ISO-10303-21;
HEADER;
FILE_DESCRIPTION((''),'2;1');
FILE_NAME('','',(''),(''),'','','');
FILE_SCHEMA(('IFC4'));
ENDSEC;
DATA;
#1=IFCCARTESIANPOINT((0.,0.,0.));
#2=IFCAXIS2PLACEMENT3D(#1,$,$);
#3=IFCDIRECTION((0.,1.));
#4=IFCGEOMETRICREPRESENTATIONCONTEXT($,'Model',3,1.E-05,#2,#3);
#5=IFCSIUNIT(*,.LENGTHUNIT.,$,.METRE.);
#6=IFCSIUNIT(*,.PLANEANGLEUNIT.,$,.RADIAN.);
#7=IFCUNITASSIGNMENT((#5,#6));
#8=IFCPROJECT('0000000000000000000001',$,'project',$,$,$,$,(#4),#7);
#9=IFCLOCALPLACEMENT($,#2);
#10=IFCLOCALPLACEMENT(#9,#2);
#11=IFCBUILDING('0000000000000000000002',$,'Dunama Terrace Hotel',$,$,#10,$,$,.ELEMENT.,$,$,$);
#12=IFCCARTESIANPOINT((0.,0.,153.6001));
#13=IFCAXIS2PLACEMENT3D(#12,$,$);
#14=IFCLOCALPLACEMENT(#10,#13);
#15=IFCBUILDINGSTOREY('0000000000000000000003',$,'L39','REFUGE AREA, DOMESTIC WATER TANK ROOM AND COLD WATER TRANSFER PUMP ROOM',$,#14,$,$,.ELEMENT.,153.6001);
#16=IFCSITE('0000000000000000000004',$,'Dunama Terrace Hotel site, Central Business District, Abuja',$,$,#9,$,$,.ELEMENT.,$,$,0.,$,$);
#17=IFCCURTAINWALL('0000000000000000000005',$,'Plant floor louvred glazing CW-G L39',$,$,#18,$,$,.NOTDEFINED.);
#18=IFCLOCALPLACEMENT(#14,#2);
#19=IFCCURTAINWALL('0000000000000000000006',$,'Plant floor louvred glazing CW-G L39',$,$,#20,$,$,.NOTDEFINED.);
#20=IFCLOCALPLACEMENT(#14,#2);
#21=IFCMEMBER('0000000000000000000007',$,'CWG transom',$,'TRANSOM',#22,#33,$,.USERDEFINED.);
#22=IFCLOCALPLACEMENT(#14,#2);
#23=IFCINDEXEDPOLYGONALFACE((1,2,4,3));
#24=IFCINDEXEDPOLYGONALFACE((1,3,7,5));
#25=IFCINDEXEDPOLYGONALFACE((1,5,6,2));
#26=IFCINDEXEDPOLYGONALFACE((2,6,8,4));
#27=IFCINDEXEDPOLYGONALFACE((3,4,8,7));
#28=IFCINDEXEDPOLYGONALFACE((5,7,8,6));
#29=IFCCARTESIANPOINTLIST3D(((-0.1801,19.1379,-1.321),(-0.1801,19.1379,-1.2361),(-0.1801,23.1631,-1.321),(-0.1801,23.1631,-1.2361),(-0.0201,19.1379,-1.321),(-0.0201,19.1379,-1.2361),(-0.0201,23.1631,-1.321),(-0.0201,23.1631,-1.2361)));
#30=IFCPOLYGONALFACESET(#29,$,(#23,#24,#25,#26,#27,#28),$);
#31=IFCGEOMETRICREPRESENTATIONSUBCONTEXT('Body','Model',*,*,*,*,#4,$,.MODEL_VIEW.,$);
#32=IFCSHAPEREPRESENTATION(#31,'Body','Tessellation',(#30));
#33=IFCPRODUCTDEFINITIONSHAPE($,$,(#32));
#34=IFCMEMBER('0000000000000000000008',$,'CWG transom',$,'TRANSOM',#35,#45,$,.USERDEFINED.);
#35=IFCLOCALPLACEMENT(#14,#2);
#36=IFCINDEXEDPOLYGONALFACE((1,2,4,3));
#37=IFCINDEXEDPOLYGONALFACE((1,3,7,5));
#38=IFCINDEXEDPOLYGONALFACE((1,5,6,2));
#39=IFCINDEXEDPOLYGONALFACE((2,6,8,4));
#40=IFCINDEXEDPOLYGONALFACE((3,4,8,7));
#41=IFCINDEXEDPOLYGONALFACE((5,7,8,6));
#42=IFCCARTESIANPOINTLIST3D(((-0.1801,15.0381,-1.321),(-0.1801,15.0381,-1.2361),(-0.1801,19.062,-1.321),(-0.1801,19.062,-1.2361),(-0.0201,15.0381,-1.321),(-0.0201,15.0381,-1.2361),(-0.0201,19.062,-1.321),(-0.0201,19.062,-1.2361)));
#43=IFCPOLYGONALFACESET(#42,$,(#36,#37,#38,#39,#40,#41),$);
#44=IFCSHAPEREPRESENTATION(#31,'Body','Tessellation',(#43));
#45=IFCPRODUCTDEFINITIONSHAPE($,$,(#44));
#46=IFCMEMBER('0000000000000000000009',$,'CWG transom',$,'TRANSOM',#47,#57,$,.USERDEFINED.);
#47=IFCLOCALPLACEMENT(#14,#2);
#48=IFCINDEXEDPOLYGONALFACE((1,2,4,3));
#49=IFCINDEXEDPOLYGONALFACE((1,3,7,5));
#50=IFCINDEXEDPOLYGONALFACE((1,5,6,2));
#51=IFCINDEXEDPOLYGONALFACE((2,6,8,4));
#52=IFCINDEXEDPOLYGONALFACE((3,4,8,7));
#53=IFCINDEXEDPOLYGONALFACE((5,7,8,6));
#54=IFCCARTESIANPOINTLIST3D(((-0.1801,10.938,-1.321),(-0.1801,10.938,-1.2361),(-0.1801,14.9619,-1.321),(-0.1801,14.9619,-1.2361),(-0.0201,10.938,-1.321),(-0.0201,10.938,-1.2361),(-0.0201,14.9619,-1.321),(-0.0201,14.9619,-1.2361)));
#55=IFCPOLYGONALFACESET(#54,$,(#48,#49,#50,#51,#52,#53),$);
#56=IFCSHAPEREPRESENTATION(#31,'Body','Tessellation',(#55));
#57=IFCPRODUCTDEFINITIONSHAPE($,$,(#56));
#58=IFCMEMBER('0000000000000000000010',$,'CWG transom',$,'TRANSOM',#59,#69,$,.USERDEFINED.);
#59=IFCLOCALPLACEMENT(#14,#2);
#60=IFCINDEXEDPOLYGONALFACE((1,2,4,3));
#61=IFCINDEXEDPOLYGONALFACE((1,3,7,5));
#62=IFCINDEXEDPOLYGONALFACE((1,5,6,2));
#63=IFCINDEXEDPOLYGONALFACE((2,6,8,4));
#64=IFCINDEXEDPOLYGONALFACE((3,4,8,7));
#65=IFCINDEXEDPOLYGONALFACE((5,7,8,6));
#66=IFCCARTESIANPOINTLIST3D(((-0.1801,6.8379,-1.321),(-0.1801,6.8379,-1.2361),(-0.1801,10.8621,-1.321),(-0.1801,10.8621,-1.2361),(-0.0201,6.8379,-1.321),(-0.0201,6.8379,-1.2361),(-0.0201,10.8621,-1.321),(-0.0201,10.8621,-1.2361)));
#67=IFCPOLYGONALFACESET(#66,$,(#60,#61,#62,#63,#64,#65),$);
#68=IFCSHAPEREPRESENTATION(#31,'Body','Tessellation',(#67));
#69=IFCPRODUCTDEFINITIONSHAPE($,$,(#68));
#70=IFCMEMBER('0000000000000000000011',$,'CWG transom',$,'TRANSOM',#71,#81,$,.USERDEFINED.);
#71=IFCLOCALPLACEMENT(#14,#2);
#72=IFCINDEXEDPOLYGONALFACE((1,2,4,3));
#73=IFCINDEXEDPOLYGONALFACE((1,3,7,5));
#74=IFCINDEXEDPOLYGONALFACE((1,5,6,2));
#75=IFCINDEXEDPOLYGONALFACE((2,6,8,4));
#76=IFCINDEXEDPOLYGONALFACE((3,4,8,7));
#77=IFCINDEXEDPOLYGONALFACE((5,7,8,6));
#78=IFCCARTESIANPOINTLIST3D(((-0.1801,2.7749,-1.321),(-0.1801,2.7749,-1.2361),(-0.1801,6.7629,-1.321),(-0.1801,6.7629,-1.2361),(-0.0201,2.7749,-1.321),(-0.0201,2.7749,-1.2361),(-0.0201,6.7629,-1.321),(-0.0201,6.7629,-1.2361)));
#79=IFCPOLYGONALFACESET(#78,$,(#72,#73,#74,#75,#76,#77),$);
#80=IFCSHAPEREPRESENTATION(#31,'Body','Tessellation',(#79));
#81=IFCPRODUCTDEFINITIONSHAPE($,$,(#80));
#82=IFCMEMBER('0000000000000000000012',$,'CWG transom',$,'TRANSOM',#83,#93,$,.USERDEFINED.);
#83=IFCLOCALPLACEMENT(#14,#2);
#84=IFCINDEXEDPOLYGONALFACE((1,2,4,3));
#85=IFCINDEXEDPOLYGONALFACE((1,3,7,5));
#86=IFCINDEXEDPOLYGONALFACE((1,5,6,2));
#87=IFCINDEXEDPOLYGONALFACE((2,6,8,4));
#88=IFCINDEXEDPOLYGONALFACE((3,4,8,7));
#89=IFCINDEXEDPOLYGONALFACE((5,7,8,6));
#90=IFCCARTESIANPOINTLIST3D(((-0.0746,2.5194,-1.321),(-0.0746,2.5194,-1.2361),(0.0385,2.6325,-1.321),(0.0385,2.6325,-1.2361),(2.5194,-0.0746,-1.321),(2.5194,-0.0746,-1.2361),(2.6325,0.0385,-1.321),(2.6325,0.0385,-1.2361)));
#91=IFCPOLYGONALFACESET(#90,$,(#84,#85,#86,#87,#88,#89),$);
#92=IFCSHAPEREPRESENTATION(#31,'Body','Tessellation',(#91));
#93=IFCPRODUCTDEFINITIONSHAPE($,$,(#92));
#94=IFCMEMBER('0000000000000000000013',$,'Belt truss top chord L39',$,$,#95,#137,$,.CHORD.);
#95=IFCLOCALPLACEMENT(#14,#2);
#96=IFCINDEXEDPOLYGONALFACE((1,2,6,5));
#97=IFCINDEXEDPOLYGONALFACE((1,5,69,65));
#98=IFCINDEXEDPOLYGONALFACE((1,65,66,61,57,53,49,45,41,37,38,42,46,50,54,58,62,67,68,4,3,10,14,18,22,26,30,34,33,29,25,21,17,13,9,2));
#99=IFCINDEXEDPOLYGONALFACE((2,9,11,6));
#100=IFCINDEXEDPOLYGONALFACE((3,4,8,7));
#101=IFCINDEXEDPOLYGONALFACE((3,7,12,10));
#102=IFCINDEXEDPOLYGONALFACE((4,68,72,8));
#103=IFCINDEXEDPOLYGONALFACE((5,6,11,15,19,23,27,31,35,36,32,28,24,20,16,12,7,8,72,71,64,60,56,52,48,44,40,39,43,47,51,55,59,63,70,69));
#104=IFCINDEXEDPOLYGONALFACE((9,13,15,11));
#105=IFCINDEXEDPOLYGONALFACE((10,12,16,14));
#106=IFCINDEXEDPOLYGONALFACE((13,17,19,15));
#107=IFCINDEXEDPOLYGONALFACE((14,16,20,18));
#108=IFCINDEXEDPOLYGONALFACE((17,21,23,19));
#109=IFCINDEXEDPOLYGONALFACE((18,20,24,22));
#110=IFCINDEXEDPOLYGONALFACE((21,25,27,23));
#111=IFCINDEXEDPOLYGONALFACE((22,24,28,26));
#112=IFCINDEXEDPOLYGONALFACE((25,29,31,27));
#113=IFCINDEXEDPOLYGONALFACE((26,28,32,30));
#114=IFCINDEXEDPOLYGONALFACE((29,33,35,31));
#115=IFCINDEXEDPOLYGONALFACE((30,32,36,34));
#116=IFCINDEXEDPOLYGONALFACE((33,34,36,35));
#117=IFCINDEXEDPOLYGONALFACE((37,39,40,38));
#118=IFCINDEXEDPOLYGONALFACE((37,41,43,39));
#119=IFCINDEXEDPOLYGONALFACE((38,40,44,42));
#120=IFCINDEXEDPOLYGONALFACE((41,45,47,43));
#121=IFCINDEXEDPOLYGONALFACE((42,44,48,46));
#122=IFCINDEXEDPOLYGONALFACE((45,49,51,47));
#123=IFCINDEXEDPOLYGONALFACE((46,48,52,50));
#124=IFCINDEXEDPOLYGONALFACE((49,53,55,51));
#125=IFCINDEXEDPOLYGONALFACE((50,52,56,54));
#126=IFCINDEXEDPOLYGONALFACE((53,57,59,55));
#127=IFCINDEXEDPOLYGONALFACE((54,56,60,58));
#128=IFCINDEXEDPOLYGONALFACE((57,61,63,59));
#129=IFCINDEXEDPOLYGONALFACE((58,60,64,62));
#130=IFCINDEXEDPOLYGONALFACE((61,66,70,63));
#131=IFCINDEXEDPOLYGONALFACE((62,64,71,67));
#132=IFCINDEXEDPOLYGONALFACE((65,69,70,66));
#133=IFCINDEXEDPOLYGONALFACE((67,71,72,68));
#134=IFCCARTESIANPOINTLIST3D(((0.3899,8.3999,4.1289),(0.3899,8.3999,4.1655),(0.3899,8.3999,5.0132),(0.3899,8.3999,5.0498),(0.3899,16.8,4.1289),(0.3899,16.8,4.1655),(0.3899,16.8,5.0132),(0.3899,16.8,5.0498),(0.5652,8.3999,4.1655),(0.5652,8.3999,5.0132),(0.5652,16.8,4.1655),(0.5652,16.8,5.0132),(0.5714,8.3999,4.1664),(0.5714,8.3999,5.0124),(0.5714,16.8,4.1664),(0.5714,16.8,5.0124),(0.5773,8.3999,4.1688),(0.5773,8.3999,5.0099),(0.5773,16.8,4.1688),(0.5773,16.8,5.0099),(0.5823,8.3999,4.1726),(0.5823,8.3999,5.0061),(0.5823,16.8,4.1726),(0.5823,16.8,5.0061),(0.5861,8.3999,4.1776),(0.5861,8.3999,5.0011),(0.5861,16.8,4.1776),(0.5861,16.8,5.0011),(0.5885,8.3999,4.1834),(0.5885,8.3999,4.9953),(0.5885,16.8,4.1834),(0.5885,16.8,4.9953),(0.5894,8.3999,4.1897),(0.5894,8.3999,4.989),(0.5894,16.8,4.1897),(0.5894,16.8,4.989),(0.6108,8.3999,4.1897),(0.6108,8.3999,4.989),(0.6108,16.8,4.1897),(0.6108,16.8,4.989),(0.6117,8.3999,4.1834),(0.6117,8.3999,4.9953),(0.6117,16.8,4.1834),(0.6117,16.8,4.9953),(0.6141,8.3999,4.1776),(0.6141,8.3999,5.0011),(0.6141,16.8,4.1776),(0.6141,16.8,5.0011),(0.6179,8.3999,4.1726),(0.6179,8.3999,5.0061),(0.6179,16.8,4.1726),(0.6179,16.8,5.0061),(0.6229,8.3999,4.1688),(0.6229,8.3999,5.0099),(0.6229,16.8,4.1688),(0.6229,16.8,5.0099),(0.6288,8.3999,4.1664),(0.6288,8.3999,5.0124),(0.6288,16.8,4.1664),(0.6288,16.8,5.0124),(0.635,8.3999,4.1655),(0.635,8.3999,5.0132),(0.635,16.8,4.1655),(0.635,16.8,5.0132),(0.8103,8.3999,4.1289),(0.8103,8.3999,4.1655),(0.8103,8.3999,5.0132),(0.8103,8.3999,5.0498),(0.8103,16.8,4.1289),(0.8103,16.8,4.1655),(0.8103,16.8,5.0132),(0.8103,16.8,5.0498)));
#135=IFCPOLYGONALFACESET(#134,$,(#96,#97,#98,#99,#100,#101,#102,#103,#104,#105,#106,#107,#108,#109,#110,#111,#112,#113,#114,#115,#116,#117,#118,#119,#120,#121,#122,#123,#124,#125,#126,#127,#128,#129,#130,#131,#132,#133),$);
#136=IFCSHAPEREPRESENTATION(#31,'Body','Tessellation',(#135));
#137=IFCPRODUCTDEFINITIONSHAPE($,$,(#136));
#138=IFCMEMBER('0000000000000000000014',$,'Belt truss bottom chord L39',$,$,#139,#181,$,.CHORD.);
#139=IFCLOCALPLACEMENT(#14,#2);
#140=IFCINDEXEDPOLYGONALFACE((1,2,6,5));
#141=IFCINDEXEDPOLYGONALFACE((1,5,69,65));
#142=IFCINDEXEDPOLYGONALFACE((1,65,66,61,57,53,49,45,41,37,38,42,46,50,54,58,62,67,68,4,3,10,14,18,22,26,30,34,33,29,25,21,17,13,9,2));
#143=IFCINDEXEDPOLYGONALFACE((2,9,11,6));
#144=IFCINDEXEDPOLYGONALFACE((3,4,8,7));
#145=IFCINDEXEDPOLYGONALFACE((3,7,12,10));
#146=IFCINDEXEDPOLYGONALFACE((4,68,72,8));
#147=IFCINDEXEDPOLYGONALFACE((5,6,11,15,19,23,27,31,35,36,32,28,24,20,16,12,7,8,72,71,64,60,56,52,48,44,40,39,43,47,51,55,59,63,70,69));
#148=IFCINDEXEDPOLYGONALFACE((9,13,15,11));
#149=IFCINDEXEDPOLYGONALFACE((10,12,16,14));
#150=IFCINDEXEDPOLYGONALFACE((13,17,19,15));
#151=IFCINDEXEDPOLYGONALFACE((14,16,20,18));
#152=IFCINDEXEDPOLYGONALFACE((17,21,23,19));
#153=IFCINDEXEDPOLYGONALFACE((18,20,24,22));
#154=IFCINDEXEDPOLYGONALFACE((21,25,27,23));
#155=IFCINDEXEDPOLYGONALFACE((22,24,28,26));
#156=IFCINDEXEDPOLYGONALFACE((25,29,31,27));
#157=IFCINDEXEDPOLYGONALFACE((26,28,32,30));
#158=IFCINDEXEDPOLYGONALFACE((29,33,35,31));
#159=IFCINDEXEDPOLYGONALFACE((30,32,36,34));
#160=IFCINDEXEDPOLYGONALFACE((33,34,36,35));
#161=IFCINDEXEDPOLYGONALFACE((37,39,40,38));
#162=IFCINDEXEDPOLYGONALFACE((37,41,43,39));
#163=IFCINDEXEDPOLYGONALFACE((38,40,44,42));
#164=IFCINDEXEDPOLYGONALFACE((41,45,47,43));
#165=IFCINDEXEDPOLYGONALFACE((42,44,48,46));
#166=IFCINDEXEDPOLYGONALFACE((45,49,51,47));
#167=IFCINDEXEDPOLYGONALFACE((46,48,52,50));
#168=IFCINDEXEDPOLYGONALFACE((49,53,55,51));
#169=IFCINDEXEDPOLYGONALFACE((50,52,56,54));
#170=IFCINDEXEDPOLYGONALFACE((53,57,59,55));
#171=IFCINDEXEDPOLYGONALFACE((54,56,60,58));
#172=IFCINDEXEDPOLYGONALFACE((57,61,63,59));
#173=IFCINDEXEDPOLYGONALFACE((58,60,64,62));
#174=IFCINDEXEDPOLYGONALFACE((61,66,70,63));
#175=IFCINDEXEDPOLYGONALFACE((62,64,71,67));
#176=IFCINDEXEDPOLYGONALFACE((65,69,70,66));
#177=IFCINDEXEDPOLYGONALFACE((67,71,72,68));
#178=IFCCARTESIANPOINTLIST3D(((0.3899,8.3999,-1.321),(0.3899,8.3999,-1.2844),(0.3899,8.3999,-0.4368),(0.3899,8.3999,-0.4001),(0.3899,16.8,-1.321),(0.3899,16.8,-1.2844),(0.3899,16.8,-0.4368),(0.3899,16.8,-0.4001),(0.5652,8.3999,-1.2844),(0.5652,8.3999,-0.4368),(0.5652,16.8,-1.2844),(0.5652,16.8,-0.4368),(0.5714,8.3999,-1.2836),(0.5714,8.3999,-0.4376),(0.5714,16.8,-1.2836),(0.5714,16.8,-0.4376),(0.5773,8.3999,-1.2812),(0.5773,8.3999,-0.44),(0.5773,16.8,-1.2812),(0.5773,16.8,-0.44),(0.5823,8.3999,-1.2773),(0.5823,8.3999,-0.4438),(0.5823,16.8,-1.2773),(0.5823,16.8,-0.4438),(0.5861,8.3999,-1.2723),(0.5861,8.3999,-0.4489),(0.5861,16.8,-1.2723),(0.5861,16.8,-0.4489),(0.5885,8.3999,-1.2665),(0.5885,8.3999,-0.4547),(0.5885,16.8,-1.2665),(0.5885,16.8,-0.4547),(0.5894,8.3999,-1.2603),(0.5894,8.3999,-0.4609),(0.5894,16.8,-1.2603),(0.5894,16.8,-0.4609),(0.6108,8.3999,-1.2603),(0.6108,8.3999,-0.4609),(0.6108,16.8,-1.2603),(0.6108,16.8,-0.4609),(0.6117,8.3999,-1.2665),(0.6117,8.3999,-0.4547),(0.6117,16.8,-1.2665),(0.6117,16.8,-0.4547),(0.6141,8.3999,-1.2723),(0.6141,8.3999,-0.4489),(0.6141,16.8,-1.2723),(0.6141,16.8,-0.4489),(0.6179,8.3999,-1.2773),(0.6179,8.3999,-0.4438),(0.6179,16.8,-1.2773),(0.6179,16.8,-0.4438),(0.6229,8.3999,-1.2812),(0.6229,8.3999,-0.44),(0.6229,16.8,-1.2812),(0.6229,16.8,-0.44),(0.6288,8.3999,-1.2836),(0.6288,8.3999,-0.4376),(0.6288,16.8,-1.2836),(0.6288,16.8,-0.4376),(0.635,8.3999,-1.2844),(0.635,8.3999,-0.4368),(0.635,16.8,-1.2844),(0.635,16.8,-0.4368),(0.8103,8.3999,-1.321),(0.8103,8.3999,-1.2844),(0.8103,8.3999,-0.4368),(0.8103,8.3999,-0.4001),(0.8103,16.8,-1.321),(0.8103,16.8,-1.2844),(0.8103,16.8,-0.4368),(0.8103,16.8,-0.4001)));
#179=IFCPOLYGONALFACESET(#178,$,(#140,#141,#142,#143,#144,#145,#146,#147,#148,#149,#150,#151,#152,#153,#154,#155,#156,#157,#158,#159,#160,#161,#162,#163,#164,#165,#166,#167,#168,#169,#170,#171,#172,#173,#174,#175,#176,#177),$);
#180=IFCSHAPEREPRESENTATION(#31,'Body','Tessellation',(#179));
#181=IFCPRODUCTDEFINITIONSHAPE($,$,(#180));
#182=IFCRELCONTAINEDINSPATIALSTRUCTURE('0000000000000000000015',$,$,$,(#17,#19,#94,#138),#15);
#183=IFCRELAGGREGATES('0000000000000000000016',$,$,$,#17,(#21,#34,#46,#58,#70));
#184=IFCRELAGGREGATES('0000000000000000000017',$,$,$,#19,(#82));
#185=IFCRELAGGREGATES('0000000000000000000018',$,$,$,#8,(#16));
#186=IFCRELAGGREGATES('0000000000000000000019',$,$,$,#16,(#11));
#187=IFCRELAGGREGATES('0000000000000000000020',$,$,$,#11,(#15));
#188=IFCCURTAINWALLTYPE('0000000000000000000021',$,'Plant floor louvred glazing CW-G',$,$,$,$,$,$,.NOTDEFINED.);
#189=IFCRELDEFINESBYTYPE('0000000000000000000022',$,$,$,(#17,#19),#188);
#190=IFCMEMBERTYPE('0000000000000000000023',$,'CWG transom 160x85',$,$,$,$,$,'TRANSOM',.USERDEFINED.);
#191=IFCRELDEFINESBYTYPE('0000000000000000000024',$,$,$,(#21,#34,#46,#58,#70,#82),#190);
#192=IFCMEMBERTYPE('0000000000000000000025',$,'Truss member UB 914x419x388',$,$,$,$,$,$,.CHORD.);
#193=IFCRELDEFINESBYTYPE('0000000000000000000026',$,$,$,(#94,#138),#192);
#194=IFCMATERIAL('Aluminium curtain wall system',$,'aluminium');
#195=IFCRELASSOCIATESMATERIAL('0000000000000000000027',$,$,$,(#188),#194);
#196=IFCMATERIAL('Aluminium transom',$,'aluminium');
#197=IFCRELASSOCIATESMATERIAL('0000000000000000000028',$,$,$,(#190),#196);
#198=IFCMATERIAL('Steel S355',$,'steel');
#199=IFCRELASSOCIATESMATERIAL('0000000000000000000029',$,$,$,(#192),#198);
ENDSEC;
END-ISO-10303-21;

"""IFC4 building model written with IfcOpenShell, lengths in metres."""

from ifc_helpers import new_model, si_unit, direction, frame, origin, origin_2d, place, context, subcontext, project, spatial, rectangle, i_section, extrude, material, material_profile, profile_set, type_object, element, aggregate, save


model = new_model("IFC4")

# Units and contexts
model_context = context("Model", 3, precision=1e-05, world=origin(), true_north=direction((0.0, 1.0)))
body_context = subcontext(model_context, "Body", "Model", "MODEL_VIEW")
ifc_project = project(units=[si_unit("LENGTHUNIT", "METRE"), si_unit("PLANEANGLEUNIT", "RADIAN")], contexts=[model_context])

# Site, building, storey
site_placement = place(None, origin())
site = spatial("IfcSite", under=ifc_project, at=site_placement, Name="Dunama Terrace Hotel site, Central Business District, Abuja", CompositionType="ELEMENT", RefElevation=0.0)
building_placement = place(site_placement, origin())
building = spatial("IfcBuilding", under=site, at=building_placement, Name="Dunama Terrace Hotel", CompositionType="ELEMENT")
storey_placement = place(building_placement, frame((0.0, 0.0, 153.6001)))
storey = spatial("IfcBuildingStorey", under=building, at=storey_placement, Name="L39", Description="REFUGE AREA, DOMESTIC WATER TANK ROOM AND COLD WATER TRANSFER PUMP ROOM", CompositionType="ELEMENT", Elevation=153.6001)

# Shared definitions
ifc_material_1 = material(Name="Aluminium curtain wall system", Category="aluminium")
curtain_wall_type = type_object("IfcCurtainWallType", Name="Plant floor louvred glazing CW-G", PredefinedType="NOTDEFINED", material=ifc_material_1)

# Curtain walls
curtain_wall_1_placement = place(storey_placement, origin())
curtain_wall_1 = element("IfcCurtainWall", 1, at=curtain_wall_1_placement, inside=storey, type_object=curtain_wall_type, Name="Plant floor louvred glazing CW-G L39", PredefinedType="NOTDEFINED")
curtain_wall_2_placement = place(storey_placement, origin())
curtain_wall_2 = element("IfcCurtainWall", 2, at=curtain_wall_2_placement, inside=storey, type_object=curtain_wall_type, Name="Plant floor louvred glazing CW-G L39", PredefinedType="NOTDEFINED")

# Members
ifc_material_2 = material(Name="Aluminium transom", Category="aluminium")
ifc_material_profile_1 = material_profile(ifc_material_2, rectangle(XDim=0.1599, YDim=0.085, at=origin_2d()), Name="CWG TRANSOM 160X85")
ifc_profile_set_1 = profile_set([ifc_material_profile_1], Name="Aluminium transom")
member_type_1 = type_object("IfcMemberType", Name="CWG transom 160x85", ElementType="TRANSOM", PredefinedType="USERDEFINED", material=ifc_profile_set_1)
member_1_placement = place(storey_placement, frame((-0.1001, 23.1631, -1.2786), z_axis=(0.0, -1.0, 0.0), x_axis=(1.0, 0.0, 0.0)))
member_1 = element("IfcMember", 3, at=member_1_placement, type_object=member_type_1, Name="CWG transom", ObjectType="TRANSOM", PredefinedType="USERDEFINED", context=body_context, shape_type="SweptSolid", body=[
    extrude(rectangle(XDim=0.1599, YDim=0.085, at=origin_2d()), origin(), (0.0, 0.0, 1.0), 4.0251),
])
member_2_placement = place(storey_placement, frame((-0.1001, 19.062, -1.2786), z_axis=(0.0, -1.0, 0.0), x_axis=(1.0, 0.0, 0.0)))
member_2 = element("IfcMember", 4, at=member_2_placement, type_object=member_type_1, Name="CWG transom", ObjectType="TRANSOM", PredefinedType="USERDEFINED", context=body_context, shape_type="SweptSolid", body=[
    extrude(rectangle(XDim=0.1599, YDim=0.085, at=origin_2d()), origin(), (0.0, 0.0, 1.0), 4.0239),
])
member_3_placement = place(storey_placement, frame((-0.1001, 14.9619, -1.2786), z_axis=(0.0, -1.0, 0.0), x_axis=(1.0, 0.0, 0.0)))
member_3 = element("IfcMember", 5, at=member_3_placement, type_object=member_type_1, Name="CWG transom", ObjectType="TRANSOM", PredefinedType="USERDEFINED", context=body_context, shape_type="SweptSolid", body=[
    extrude(rectangle(XDim=0.1599, YDim=0.085, at=origin_2d()), origin(), (0.0, 0.0, 1.0), 4.0239),
])
member_4_placement = place(storey_placement, frame((-0.1001, 10.8621, -1.2786), z_axis=(0.0, -1.0, 0.0), x_axis=(1.0, 0.0, 0.0)))
member_4 = element("IfcMember", 6, at=member_4_placement, type_object=member_type_1, Name="CWG transom", ObjectType="TRANSOM", PredefinedType="USERDEFINED", context=body_context, shape_type="SweptSolid", body=[
    extrude(rectangle(XDim=0.1599, YDim=0.085, at=origin_2d()), origin(), (0.0, 0.0, 1.0), 4.0242),
])
member_5_placement = place(storey_placement, frame((-0.1001, 6.7629, -1.2786), z_axis=(0.0, -1.0, 0.0), x_axis=(1.0, 0.0, 0.0)))
member_5 = element("IfcMember", 7, at=member_5_placement, type_object=member_type_1, Name="CWG transom", ObjectType="TRANSOM", PredefinedType="USERDEFINED", context=body_context, shape_type="SweptSolid", body=[
    extrude(rectangle(XDim=0.1599, YDim=0.085, at=origin_2d()), origin(), (0.0, 0.0, 1.0), 3.988),
])
member_6_placement = place(storey_placement, frame((-0.0181, 2.5759, -1.2786), z_axis=(0.707107, -0.707107, 0.0), x_axis=(0.707107, 0.707107, 0.0)))
member_6 = element("IfcMember", 8, at=member_6_placement, type_object=member_type_1, Name="CWG transom", ObjectType="TRANSOM", PredefinedType="USERDEFINED", context=body_context, shape_type="SweptSolid", body=[
    extrude(rectangle(XDim=0.1599, YDim=0.085, at=origin_2d()), origin(), (0.0, 0.0, 1.0), 3.6685),
])

# Members
ifc_material_3 = material(Name="Steel S355", Category="steel")
ifc_material_profile_2 = material_profile(ifc_material_3, i_section(OverallWidth=0.4204, OverallDepth=0.9209, WebThickness=0.0215, FlangeThickness=0.0366, FilletRadius=0.0242, at=origin_2d()), Name="UB 914x419x388")
ifc_profile_set_2 = profile_set([ifc_material_profile_2], Name="Steel S355")
member_type_2 = type_object("IfcMemberType", Name="Truss member UB 914x419x388", PredefinedType="CHORD", material=ifc_profile_set_2)
for number, where, z_axis, x_axis, name in (
    (9, (0.6001, 8.3999, 4.5894), (0.0, 1.0, 0.0), (-1.0, 0.0, 0.0), "Belt truss top chord L39"),
    (10, (0.6001, 8.3999, -0.8606), (0.0, 1.0, 0.0), (-1.0, 0.0, 0.0), "Belt truss bottom chord L39"),
):
    element("IfcMember", number, at=place(storey_placement, frame(where, z_axis=z_axis, x_axis=x_axis)), inside=storey, type_object=member_type_2, Name=name, PredefinedType="CHORD", context=body_context, shape_type="SweptSolid", body=[
        extrude(i_section(OverallWidth=0.4204, OverallDepth=0.9209, WebThickness=0.0215, FlangeThickness=0.0366, FilletRadius=0.0242, at=origin_2d()), origin(), (0.0, 0.0, 1.0), 8.4001),
    ])

aggregate(curtain_wall_1, [member_1, member_2, member_3, member_4, member_5])
aggregate(curtain_wall_2, [member_6])

save(model, "model.ifc")
